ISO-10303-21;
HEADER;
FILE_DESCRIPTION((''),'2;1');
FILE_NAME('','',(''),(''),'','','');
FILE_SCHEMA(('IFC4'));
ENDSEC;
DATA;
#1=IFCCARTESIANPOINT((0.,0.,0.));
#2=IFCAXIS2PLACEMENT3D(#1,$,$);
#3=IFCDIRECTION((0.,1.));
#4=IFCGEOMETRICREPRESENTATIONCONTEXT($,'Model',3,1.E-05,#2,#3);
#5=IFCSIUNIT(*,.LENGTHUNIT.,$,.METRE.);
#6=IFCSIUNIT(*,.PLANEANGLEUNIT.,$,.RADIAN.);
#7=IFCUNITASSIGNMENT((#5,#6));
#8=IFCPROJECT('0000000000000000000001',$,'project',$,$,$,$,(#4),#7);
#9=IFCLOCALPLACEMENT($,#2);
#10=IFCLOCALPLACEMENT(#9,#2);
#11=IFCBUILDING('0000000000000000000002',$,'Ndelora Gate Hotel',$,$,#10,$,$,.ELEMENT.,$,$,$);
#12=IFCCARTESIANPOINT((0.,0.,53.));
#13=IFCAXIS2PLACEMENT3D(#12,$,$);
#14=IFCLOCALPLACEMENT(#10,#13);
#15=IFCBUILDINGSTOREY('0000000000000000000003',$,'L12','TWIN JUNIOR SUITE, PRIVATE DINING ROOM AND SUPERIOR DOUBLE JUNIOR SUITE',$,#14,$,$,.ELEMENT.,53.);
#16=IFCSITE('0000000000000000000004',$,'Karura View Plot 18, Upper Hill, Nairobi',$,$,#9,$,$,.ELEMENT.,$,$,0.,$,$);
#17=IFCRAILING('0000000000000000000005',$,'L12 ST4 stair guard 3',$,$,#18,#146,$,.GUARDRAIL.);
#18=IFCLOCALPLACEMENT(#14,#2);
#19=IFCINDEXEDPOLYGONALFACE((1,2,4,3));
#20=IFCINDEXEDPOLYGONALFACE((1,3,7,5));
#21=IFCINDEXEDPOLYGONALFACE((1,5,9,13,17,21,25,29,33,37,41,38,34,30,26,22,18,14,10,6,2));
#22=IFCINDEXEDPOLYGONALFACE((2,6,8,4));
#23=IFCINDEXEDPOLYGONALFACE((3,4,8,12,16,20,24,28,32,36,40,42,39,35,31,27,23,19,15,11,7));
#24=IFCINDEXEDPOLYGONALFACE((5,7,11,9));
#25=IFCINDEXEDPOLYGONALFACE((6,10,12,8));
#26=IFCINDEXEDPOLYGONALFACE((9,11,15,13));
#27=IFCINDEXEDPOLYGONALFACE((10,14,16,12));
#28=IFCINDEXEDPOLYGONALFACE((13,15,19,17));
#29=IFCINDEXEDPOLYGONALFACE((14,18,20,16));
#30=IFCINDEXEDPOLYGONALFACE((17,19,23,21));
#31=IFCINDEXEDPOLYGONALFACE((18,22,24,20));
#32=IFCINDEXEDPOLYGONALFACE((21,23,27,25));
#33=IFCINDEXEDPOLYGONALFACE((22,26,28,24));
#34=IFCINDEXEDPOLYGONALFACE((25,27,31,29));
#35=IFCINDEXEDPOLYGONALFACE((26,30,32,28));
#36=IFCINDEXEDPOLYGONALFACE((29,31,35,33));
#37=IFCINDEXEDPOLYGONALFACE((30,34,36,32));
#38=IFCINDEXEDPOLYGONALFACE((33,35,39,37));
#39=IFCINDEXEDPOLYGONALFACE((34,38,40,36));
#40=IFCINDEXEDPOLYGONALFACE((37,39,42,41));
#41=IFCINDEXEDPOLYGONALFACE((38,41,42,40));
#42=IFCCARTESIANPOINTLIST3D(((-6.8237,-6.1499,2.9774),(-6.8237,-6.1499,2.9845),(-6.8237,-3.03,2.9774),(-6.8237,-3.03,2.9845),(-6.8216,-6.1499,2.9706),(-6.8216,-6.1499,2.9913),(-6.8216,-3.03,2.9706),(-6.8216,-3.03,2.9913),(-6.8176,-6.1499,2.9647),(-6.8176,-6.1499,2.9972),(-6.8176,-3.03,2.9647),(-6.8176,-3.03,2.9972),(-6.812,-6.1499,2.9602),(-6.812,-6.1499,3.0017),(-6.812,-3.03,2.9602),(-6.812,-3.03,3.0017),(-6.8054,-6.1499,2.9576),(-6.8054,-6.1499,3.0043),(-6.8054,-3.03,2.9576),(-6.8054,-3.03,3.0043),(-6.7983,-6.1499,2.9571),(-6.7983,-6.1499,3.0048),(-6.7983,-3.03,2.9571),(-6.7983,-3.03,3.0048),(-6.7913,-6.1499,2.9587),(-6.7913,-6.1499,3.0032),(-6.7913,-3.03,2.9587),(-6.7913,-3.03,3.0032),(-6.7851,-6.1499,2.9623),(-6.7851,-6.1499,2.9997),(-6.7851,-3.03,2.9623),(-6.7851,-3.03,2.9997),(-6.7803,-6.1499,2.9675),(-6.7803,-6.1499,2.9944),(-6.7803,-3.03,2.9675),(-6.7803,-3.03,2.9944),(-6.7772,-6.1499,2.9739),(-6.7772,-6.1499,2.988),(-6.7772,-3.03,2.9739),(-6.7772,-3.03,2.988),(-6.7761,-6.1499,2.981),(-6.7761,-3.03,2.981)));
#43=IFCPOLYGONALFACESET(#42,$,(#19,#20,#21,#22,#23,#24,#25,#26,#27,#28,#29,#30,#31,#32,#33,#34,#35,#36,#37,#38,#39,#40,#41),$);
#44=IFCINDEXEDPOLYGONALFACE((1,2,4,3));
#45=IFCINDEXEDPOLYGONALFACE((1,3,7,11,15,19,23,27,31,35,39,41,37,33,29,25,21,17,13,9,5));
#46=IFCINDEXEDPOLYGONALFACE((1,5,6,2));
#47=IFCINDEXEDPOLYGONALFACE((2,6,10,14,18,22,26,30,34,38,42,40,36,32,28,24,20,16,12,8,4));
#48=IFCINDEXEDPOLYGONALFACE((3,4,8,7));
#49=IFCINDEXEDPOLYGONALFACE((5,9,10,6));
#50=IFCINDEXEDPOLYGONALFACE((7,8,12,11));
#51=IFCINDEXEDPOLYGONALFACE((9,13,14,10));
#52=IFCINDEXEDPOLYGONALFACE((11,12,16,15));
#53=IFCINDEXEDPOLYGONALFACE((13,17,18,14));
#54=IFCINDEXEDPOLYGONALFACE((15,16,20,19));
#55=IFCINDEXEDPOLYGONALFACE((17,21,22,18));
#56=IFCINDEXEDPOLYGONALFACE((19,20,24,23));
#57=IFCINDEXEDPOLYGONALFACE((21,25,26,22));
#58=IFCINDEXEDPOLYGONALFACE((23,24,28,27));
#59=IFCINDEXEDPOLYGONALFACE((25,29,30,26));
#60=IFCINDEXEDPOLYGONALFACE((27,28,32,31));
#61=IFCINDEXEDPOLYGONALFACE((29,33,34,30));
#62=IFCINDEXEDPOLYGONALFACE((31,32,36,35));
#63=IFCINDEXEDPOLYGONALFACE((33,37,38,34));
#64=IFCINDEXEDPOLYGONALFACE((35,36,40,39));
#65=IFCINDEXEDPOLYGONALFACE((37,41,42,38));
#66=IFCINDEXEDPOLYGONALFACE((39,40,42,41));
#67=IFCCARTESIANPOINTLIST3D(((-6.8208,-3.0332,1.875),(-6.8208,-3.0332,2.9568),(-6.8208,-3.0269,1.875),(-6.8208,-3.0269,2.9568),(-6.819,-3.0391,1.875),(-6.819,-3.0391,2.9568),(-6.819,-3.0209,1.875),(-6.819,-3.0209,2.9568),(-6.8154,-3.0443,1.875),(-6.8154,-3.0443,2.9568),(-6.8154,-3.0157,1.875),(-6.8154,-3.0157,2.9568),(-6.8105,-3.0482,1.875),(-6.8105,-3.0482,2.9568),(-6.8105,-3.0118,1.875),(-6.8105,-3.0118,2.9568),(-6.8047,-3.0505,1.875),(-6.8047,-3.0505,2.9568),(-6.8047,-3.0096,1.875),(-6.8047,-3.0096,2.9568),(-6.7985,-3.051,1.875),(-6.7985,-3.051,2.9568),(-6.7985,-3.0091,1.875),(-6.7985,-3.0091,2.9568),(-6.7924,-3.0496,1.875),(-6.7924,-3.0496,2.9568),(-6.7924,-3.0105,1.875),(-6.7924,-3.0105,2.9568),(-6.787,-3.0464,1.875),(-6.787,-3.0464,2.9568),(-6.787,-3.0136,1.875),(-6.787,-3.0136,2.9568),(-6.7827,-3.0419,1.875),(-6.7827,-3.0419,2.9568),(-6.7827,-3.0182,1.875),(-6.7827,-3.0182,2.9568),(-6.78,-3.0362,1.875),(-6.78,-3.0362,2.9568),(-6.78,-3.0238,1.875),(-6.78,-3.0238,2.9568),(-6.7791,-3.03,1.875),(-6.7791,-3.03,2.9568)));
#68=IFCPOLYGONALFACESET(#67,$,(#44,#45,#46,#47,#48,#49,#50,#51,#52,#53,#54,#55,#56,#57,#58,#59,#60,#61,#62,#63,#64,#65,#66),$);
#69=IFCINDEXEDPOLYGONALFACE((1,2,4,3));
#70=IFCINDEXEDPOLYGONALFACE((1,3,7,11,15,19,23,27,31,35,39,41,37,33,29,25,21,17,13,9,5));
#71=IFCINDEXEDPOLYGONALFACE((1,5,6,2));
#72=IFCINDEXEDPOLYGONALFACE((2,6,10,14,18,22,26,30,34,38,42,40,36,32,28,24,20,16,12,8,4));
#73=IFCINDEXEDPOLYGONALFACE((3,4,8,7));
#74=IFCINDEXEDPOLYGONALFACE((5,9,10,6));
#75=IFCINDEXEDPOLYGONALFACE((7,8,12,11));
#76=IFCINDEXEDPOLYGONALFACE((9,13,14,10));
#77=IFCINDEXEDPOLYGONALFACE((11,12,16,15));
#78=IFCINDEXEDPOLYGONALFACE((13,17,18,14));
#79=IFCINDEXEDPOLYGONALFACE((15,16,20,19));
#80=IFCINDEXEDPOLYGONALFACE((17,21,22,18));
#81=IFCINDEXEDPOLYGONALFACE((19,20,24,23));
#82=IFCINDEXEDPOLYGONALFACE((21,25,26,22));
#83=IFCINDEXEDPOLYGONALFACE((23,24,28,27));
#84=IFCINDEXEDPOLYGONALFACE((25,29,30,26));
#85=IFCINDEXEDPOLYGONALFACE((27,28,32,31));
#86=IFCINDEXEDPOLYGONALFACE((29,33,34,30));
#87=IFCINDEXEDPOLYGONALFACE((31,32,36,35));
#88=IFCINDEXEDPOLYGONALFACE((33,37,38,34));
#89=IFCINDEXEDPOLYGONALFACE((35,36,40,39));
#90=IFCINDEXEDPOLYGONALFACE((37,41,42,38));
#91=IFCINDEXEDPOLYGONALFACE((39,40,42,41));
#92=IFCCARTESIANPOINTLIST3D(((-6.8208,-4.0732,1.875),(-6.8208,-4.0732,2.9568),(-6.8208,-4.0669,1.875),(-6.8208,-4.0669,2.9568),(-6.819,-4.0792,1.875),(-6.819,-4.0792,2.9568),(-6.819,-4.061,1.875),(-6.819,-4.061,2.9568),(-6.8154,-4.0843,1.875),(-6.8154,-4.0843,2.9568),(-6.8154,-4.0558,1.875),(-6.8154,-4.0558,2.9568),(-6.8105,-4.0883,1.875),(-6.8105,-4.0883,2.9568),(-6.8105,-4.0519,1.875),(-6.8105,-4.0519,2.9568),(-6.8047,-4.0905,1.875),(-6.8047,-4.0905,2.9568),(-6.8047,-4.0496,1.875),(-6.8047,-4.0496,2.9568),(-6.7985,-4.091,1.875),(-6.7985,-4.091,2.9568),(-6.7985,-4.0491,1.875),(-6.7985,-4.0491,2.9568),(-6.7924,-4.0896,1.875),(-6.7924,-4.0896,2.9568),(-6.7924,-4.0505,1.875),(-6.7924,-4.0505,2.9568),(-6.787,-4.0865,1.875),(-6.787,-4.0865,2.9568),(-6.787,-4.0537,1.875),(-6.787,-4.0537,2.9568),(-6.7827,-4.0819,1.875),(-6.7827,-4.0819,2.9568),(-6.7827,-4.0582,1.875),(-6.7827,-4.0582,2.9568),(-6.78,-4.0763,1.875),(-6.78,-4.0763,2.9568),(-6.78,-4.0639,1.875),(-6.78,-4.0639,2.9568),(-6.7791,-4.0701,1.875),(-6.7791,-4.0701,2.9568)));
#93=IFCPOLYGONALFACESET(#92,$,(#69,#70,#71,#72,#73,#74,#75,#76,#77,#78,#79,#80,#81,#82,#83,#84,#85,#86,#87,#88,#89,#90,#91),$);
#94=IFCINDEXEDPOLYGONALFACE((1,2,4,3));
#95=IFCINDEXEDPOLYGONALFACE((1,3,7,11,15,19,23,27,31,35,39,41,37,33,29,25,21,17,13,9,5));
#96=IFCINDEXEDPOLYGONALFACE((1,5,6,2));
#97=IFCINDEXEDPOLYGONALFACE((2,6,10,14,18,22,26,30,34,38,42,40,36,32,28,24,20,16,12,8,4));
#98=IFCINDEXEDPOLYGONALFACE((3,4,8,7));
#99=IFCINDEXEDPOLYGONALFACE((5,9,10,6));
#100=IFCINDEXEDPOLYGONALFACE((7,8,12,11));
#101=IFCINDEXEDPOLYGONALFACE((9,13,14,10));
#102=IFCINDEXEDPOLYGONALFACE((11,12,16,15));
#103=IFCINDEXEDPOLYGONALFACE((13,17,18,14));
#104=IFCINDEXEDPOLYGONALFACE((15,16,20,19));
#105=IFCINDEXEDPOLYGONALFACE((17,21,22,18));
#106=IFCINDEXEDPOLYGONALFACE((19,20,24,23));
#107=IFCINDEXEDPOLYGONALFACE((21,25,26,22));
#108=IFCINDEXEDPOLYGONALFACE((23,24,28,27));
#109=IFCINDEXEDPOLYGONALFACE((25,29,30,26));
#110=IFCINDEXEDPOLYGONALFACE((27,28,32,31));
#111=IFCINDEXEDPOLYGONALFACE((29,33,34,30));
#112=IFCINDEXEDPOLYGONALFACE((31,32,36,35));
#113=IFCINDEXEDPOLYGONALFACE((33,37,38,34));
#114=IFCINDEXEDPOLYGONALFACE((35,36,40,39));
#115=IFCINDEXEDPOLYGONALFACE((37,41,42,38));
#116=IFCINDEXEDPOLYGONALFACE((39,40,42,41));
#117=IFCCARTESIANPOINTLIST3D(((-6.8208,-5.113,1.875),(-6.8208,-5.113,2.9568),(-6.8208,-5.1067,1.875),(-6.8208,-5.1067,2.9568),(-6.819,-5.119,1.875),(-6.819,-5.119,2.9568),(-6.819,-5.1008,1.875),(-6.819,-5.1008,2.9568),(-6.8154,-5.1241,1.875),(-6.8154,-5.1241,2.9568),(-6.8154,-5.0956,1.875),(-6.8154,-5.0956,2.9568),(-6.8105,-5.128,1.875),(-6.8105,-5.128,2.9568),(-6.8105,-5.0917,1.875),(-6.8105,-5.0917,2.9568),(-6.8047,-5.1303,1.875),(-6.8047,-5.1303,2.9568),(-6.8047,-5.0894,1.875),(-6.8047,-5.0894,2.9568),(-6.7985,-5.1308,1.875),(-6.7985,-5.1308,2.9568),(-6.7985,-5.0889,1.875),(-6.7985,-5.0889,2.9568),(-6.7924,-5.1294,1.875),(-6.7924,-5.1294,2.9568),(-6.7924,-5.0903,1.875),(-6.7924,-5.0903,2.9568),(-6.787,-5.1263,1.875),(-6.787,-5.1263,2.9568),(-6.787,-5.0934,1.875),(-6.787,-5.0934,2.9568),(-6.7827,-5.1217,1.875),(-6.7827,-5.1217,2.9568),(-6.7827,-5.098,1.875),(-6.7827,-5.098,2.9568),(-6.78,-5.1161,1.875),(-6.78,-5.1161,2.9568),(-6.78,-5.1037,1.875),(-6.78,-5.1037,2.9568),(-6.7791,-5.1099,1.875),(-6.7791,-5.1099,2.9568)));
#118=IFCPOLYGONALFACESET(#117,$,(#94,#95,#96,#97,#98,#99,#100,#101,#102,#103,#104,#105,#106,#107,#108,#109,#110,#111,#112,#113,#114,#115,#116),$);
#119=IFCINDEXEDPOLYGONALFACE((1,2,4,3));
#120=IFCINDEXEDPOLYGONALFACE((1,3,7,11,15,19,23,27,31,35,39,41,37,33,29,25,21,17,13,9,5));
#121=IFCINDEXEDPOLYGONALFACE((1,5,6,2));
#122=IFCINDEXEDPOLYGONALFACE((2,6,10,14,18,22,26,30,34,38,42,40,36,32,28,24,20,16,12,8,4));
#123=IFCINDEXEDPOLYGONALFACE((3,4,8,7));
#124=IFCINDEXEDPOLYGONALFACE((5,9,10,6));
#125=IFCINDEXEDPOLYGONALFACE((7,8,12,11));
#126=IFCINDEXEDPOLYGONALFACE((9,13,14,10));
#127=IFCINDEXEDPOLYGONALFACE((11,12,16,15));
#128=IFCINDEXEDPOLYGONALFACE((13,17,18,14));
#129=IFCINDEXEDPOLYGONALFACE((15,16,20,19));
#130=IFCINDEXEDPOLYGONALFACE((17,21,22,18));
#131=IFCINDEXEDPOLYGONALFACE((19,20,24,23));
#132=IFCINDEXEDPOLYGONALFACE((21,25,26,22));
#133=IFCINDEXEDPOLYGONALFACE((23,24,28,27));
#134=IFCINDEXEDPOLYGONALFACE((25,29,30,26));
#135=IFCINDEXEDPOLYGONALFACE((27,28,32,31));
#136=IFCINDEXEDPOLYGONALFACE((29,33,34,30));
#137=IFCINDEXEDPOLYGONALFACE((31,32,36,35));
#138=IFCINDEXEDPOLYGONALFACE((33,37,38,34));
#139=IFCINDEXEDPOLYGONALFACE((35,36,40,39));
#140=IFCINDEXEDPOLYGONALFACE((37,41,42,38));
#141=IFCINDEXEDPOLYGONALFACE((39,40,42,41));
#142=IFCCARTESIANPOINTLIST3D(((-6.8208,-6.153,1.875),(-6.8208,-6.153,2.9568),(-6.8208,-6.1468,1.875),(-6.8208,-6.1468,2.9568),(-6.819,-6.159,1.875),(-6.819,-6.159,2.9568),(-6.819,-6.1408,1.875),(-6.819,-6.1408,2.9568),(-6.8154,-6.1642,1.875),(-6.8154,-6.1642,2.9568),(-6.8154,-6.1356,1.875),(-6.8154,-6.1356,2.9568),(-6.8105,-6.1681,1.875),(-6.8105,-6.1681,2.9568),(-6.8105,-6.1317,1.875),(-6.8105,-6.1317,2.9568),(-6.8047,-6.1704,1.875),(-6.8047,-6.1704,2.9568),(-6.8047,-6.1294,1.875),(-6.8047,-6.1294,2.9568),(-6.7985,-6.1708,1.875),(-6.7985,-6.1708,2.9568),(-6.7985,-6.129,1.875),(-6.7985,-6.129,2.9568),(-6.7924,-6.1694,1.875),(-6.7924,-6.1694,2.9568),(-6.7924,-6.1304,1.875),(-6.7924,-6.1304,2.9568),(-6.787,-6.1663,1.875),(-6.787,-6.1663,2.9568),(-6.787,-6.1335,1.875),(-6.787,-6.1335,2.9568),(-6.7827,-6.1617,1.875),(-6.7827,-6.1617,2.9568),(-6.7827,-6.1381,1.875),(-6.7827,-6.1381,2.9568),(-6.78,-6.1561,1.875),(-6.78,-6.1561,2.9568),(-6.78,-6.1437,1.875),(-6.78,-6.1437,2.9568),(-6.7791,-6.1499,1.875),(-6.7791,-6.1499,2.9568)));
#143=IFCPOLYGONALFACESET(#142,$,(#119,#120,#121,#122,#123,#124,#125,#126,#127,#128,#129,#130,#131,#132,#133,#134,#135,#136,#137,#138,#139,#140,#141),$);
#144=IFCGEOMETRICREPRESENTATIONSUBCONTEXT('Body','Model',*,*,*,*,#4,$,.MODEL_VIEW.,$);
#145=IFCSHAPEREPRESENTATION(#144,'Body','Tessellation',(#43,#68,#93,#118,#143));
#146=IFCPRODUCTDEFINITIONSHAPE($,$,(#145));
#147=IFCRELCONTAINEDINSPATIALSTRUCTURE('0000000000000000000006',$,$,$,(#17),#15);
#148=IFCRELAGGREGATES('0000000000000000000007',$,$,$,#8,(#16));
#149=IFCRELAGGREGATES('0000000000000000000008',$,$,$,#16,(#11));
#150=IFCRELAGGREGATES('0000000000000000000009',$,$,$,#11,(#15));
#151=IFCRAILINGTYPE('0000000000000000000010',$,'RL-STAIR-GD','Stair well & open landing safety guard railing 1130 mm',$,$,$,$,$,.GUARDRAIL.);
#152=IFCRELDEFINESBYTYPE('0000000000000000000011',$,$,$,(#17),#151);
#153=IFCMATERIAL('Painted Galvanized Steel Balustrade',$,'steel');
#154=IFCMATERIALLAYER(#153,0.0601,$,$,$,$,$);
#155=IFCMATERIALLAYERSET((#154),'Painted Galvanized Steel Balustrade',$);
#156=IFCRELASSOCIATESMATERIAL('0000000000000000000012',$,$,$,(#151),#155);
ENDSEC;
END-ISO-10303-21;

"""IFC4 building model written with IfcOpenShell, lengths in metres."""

from ifc_helpers import new_model, si_unit, direction, frame, origin, origin_2d, place, context, subcontext, project, spatial, circle, extrude, material, layer, layer_set, type_object, element, save


model = new_model("IFC4")

# Units and contexts
model_context = context("Model", 3, precision=1e-05, world=origin(), true_north=direction((0.0, 1.0)))
body_context = subcontext(model_context, "Body", "Model", "MODEL_VIEW")
ifc_project = project(units=[si_unit("LENGTHUNIT", "METRE"), si_unit("PLANEANGLEUNIT", "RADIAN")], contexts=[model_context])

# Site, building, storey
site_placement = place(None, origin())
site = spatial("IfcSite", under=ifc_project, at=site_placement, Name="Karura View Plot 18, Upper Hill, Nairobi", CompositionType="ELEMENT", RefElevation=0.0)
building_placement = place(site_placement, origin())
building = spatial("IfcBuilding", under=site, at=building_placement, Name="Ndelora Gate Hotel", CompositionType="ELEMENT")
storey_placement = place(building_placement, frame((0.0, 0.0, 53.0)))
storey = spatial("IfcBuildingStorey", under=building, at=storey_placement, Name="L12", Description="TWIN JUNIOR SUITE, PRIVATE DINING ROOM AND SUPERIOR DOUBLE JUNIOR SUITE", CompositionType="ELEMENT", Elevation=53.0)

# Railing
ifc_material_1 = material(Name="Painted Galvanized Steel Balustrade", Category="steel")
ifc_layer_1 = layer(ifc_material_1, 0.0601)
ifc_layer_set_1 = layer_set([ifc_layer_1], Name="Painted Galvanized Steel Balustrade")
railing_type_1 = type_object("IfcRailingType", Name="RL-STAIR-GD", Description="Stair well & open landing safety guard railing 1130 mm", PredefinedType="GUARDRAIL", material=ifc_layer_set_1)
for number, where, name in (
    (1, (-6.8, -3.03, 1.875), "L12 ST4 stair guard 3"),
):
    element("IfcRailing", number, at=place(storey_placement, frame(where)), inside=storey, type_object=railing_type_1, Name=name, PredefinedType="GUARDRAIL", context=body_context, shape_type="SweptSolid", body=[
        extrude(circle(Radius=0.0239, at=origin_2d()), frame((0.0, 0.0, 1.106), z_axis=(0.0, -1.0, 0.0), x_axis=(1.0, 0.0, 0.0)), (0.0, 0.0, 1.0), 3.1199),
        extrude(circle(Radius=0.021, at=origin_2d()), origin(), (0.0, 0.0, 1.0), 1.0818),
        extrude(circle(Radius=0.021, at=origin_2d()), frame((0.0, -1.04, 0.0)), (0.0, 0.0, 1.0), 1.0818),
        extrude(circle(Radius=0.021, at=origin_2d()), frame((0.0, -2.0798, 0.0)), (0.0, 0.0, 1.0), 1.0818),
        extrude(circle(Radius=0.021, at=origin_2d()), frame((0.0, -3.1199, 0.0)), (0.0, 0.0, 1.0), 1.0818),
    ])

save(model, "model.ifc")
